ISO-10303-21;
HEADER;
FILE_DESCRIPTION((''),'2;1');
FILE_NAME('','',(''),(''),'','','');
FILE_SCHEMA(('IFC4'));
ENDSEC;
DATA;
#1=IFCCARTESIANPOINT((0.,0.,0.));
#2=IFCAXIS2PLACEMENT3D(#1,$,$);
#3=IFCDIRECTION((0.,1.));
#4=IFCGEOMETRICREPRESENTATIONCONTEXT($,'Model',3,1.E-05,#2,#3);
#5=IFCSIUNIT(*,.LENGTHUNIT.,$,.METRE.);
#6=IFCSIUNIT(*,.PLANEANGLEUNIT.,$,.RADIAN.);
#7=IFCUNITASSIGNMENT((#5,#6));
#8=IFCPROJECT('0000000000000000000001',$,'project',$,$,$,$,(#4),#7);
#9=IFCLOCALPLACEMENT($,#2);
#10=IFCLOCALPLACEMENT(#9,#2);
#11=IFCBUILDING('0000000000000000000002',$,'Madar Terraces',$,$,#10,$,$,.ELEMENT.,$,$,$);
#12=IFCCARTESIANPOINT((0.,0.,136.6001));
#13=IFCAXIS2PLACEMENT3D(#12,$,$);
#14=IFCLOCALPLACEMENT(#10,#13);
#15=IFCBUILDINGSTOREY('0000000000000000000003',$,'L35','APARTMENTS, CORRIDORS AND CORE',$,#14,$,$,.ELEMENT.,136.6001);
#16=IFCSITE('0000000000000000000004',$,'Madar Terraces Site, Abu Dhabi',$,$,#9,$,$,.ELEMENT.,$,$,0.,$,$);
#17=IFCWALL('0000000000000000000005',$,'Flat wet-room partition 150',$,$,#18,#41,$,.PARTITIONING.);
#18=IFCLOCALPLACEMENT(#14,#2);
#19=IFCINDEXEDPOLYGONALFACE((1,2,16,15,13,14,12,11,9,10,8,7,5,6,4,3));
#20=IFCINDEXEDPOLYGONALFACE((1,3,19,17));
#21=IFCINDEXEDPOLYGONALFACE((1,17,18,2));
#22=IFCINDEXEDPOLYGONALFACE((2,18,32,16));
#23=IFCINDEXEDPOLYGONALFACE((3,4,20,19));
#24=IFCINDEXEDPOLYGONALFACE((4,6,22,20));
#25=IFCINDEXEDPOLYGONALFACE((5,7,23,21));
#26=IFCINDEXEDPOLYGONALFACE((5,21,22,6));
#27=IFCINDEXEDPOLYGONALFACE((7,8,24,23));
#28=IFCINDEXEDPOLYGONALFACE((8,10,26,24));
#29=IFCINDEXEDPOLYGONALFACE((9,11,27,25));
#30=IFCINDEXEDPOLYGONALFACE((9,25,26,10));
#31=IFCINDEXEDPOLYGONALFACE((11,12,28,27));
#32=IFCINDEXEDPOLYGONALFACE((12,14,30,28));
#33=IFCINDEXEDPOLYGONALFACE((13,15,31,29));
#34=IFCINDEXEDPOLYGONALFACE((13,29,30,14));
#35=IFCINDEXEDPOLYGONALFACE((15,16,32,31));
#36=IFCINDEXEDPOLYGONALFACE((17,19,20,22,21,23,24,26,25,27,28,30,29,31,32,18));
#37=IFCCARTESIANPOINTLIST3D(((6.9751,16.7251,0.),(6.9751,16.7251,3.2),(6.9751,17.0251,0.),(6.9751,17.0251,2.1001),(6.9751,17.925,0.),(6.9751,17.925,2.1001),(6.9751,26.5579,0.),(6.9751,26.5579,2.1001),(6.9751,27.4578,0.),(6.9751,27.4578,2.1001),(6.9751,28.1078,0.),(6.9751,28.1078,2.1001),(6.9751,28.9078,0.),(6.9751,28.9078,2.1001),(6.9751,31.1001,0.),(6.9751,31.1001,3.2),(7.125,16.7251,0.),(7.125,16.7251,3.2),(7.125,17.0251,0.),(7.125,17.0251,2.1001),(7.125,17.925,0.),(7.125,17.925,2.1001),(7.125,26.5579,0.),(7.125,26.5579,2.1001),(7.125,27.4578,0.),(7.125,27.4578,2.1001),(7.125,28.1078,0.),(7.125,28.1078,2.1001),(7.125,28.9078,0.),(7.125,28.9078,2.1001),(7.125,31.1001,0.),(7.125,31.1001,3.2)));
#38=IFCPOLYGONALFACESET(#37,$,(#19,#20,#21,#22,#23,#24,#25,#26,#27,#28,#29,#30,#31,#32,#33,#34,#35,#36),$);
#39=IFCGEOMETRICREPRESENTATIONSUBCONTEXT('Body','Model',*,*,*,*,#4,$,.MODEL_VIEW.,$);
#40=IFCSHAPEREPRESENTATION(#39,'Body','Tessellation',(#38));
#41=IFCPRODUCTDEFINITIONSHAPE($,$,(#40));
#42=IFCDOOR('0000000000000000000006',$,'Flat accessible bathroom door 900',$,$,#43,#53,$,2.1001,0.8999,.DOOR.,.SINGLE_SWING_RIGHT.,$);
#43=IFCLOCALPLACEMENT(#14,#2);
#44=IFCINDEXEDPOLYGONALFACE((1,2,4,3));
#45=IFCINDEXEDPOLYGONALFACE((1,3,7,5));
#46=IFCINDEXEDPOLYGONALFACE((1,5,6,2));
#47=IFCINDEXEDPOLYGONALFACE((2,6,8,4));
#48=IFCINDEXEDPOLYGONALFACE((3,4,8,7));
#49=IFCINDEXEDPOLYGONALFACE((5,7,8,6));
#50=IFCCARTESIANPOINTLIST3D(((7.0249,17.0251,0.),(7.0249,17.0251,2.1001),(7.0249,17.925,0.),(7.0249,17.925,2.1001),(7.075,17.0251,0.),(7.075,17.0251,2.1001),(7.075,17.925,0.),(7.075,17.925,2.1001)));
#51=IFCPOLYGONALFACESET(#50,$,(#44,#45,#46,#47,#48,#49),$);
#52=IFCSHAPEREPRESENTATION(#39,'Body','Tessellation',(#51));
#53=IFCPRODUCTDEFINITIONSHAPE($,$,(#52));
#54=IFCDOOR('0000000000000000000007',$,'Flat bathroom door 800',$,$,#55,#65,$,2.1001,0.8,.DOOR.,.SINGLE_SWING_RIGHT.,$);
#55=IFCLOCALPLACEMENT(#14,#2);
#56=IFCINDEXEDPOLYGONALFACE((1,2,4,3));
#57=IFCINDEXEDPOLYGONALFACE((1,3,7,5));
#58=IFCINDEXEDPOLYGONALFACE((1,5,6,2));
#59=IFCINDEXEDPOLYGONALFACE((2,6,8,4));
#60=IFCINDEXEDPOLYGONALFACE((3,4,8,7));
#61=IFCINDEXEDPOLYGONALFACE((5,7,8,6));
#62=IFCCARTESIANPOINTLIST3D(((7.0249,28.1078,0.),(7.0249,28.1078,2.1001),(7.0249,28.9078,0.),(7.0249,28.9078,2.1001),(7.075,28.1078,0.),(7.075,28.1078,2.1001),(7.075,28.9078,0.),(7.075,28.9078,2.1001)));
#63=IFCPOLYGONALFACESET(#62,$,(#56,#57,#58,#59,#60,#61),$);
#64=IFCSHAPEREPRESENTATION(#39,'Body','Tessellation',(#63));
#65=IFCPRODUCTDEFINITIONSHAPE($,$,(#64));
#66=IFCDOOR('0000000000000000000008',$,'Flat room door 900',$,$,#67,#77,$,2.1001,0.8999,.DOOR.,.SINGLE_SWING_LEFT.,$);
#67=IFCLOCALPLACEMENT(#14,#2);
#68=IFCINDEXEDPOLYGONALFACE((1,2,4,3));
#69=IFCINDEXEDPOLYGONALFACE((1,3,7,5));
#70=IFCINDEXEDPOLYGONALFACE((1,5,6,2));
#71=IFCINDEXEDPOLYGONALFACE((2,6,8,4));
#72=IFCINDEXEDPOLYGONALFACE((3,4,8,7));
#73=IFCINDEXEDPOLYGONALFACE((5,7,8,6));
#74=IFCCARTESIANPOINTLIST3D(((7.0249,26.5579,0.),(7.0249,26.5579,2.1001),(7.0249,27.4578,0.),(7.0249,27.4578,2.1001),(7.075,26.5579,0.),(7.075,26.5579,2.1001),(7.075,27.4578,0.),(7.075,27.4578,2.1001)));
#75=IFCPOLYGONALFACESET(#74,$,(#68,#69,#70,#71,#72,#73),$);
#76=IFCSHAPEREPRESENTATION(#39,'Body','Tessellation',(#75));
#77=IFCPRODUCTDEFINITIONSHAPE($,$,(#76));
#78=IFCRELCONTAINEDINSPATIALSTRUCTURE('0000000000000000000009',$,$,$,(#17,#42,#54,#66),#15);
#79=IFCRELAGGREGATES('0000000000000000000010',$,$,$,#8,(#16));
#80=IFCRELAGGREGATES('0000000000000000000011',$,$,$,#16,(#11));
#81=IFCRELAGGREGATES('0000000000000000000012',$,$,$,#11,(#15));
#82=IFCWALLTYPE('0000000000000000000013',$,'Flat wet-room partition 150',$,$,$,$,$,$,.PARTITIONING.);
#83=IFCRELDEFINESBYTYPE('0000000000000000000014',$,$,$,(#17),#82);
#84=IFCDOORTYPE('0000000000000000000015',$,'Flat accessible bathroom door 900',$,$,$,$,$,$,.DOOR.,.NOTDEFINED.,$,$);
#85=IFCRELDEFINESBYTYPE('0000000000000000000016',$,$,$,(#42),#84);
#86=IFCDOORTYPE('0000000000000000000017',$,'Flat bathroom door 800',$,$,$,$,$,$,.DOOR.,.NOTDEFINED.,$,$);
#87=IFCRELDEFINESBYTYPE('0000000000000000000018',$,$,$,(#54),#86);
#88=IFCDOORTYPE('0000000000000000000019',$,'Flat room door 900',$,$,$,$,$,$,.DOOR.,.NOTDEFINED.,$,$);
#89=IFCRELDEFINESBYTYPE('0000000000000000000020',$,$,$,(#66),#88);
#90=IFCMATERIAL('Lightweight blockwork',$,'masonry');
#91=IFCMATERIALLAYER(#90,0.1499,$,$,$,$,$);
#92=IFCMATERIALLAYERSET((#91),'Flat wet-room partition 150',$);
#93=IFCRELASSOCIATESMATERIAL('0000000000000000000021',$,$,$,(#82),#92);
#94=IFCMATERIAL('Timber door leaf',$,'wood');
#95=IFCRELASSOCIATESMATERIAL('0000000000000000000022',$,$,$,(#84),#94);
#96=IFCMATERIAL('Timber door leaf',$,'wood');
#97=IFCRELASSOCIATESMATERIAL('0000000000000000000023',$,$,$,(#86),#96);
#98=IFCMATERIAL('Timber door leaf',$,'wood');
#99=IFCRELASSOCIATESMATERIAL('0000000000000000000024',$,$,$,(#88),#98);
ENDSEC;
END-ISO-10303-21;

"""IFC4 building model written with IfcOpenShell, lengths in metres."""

from ifc_helpers import new_model, si_unit, direction, frame, frame_2d, origin, place, context, subcontext, project, spatial, rectangle, extrude, material, layer, layer_set, type_object, element, fill, save


model = new_model("IFC4")

# Units and contexts
model_context = context("Model", 3, precision=1e-05, world=origin(), true_north=direction((0.0, 1.0)))
body_context = subcontext(model_context, "Body", "Model", "MODEL_VIEW")
ifc_project = project(units=[si_unit("LENGTHUNIT", "METRE"), si_unit("PLANEANGLEUNIT", "RADIAN")], contexts=[model_context])

# Site, building, storey
site_placement = place(None, origin())
site = spatial("IfcSite", under=ifc_project, at=site_placement, Name="Madar Terraces Site, Abu Dhabi", CompositionType="ELEMENT", RefElevation=0.0)
building_placement = place(site_placement, origin())
building = spatial("IfcBuilding", under=site, at=building_placement, Name="Madar Terraces", CompositionType="ELEMENT")
storey_placement = place(building_placement, frame((0.0, 0.0, 136.6001)))
storey = spatial("IfcBuildingStorey", under=building, at=storey_placement, Name="L35", Description="APARTMENTS, CORRIDORS AND CORE", CompositionType="ELEMENT", Elevation=136.6001)

# Shared definitions
ifc_material_1 = material(Name="Lightweight blockwork", Category="masonry")
ifc_layer_1 = layer(ifc_material_1, 0.1499)
ifc_layer_set_1 = layer_set([ifc_layer_1], Name="Flat wet-room partition 150")
wall_type_1 = type_object("IfcWallType", Name="Flat wet-room partition 150", PredefinedType="PARTITIONING", material=ifc_layer_set_1)

# Wall, openings, doors
wall_1_placement = place(storey_placement, frame((7.05, 31.1001, 0.0), z_axis=(0.0, 0.0, 1.0), x_axis=(0.0, -1.0, 0.0)))
wall_1 = element("IfcWall", 1, at=wall_1_placement, inside=storey, type_object=wall_type_1, Name="Flat wet-room partition 150", PredefinedType="PARTITIONING", context=body_context, shape_type="SweptSolid", body=[
    extrude(rectangle(XDim=14.375, YDim=0.1499, at=frame_2d((7.1875, 0.0))), origin(), (0.0, 0.0, 1.0), 3.2),
])
opening_1_placement = place(wall_1_placement, frame((13.175, 0.0, 0.0)))
opening_1 = element("IfcOpeningElement", 2, at=opening_1_placement, cuts=wall_1, PredefinedType="OPENING", context=body_context, shape_type="SweptSolid", body=[
    extrude(rectangle(XDim=0.8999, YDim=2.1001, at=frame_2d((0.45, 1.05))), frame((0.0, 0.085, 0.0), z_axis=(0.0, -1.0, 0.0), x_axis=(1.0, 0.0, 0.0)), (0.0, 0.0, 1.0), 0.1699),
])
opening_2_placement = place(wall_1_placement, frame((3.6423, 0.0, 0.0)))
opening_2 = element("IfcOpeningElement", 3, at=opening_2_placement, cuts=wall_1, PredefinedType="OPENING", context=body_context, shape_type="SweptSolid", body=[
    extrude(rectangle(XDim=0.8999, YDim=2.1001, at=frame_2d((0.45, 1.05))), frame((0.0, 0.085, 0.0), z_axis=(0.0, -1.0, 0.0), x_axis=(1.0, 0.0, 0.0)), (0.0, 0.0, 1.0), 0.1699),
])
opening_3_placement = place(wall_1_placement, frame((2.1924, 0.0, 0.0)))
opening_3 = element("IfcOpeningElement", 4, at=opening_3_placement, cuts=wall_1, PredefinedType="OPENING", context=body_context, shape_type="SweptSolid", body=[
    extrude(rectangle(XDim=0.8, YDim=2.1001, at=frame_2d((0.3999, 1.05))), frame((0.0, 0.085, 0.0), z_axis=(0.0, -1.0, 0.0), x_axis=(1.0, 0.0, 0.0)), (0.0, 0.0, 1.0), 0.1699),
])
ifc_material_2 = material(Name="Timber door leaf", Category="wood")
door_type_1 = type_object("IfcDoorType", Name="Flat accessible bathroom door 900", OperationType="NOTDEFINED", PredefinedType="DOOR", material=ifc_material_2)
door_1_placement = place(opening_1_placement, origin())
door_1 = element("IfcDoor", 5, at=door_1_placement, inside=storey, type_object=door_type_1, Name="Flat accessible bathroom door 900", OperationType="SINGLE_SWING_RIGHT", OverallHeight=2.1001, OverallWidth=0.8999, PredefinedType="DOOR", context=body_context, shape_type="SweptSolid", body=[
    extrude(rectangle(XDim=0.8999, YDim=2.1001, at=frame_2d((0.45, 1.05))), frame((0.0, 0.0249, 0.0), z_axis=(0.0, -1.0, 0.0), x_axis=(1.0, 0.0, 0.0)), (0.0, 0.0, 1.0), 0.05),
])
fill(opening_1, door_1)
ifc_material_3 = material(Name="Timber door leaf", Category="wood")
door_type_2 = type_object("IfcDoorType", Name="Flat bathroom door 800", OperationType="NOTDEFINED", PredefinedType="DOOR", material=ifc_material_3)
door_2_placement = place(opening_3_placement, origin())
door_2 = element("IfcDoor", 6, at=door_2_placement, inside=storey, type_object=door_type_2, Name="Flat bathroom door 800", OperationType="SINGLE_SWING_RIGHT", OverallHeight=2.1001, OverallWidth=0.8, PredefinedType="DOOR", context=body_context, shape_type="SweptSolid", body=[
    extrude(rectangle(XDim=0.8, YDim=2.1001, at=frame_2d((0.3999, 1.05))), frame((0.0, 0.0249, 0.0), z_axis=(0.0, -1.0, 0.0), x_axis=(1.0, 0.0, 0.0)), (0.0, 0.0, 1.0), 0.05),
])
fill(opening_3, door_2)
ifc_material_4 = material(Name="Timber door leaf", Category="wood")
door_type_3 = type_object("IfcDoorType", Name="Flat room door 900", OperationType="NOTDEFINED", PredefinedType="DOOR", material=ifc_material_4)
door_3_placement = place(opening_2_placement, origin())
door_3 = element("IfcDoor", 7, at=door_3_placement, inside=storey, type_object=door_type_3, Name="Flat room door 900", OperationType="SINGLE_SWING_LEFT", OverallHeight=2.1001, OverallWidth=0.8999, PredefinedType="DOOR", context=body_context, shape_type="SweptSolid", body=[
    extrude(rectangle(XDim=0.8999, YDim=2.1001, at=frame_2d((0.45, 1.05))), frame((0.0, 0.0249, 0.0), z_axis=(0.0, -1.0, 0.0), x_axis=(1.0, 0.0, 0.0)), (0.0, 0.0, 1.0), 0.05),
])
fill(opening_2, door_3)

save(model, "model.ifc")
